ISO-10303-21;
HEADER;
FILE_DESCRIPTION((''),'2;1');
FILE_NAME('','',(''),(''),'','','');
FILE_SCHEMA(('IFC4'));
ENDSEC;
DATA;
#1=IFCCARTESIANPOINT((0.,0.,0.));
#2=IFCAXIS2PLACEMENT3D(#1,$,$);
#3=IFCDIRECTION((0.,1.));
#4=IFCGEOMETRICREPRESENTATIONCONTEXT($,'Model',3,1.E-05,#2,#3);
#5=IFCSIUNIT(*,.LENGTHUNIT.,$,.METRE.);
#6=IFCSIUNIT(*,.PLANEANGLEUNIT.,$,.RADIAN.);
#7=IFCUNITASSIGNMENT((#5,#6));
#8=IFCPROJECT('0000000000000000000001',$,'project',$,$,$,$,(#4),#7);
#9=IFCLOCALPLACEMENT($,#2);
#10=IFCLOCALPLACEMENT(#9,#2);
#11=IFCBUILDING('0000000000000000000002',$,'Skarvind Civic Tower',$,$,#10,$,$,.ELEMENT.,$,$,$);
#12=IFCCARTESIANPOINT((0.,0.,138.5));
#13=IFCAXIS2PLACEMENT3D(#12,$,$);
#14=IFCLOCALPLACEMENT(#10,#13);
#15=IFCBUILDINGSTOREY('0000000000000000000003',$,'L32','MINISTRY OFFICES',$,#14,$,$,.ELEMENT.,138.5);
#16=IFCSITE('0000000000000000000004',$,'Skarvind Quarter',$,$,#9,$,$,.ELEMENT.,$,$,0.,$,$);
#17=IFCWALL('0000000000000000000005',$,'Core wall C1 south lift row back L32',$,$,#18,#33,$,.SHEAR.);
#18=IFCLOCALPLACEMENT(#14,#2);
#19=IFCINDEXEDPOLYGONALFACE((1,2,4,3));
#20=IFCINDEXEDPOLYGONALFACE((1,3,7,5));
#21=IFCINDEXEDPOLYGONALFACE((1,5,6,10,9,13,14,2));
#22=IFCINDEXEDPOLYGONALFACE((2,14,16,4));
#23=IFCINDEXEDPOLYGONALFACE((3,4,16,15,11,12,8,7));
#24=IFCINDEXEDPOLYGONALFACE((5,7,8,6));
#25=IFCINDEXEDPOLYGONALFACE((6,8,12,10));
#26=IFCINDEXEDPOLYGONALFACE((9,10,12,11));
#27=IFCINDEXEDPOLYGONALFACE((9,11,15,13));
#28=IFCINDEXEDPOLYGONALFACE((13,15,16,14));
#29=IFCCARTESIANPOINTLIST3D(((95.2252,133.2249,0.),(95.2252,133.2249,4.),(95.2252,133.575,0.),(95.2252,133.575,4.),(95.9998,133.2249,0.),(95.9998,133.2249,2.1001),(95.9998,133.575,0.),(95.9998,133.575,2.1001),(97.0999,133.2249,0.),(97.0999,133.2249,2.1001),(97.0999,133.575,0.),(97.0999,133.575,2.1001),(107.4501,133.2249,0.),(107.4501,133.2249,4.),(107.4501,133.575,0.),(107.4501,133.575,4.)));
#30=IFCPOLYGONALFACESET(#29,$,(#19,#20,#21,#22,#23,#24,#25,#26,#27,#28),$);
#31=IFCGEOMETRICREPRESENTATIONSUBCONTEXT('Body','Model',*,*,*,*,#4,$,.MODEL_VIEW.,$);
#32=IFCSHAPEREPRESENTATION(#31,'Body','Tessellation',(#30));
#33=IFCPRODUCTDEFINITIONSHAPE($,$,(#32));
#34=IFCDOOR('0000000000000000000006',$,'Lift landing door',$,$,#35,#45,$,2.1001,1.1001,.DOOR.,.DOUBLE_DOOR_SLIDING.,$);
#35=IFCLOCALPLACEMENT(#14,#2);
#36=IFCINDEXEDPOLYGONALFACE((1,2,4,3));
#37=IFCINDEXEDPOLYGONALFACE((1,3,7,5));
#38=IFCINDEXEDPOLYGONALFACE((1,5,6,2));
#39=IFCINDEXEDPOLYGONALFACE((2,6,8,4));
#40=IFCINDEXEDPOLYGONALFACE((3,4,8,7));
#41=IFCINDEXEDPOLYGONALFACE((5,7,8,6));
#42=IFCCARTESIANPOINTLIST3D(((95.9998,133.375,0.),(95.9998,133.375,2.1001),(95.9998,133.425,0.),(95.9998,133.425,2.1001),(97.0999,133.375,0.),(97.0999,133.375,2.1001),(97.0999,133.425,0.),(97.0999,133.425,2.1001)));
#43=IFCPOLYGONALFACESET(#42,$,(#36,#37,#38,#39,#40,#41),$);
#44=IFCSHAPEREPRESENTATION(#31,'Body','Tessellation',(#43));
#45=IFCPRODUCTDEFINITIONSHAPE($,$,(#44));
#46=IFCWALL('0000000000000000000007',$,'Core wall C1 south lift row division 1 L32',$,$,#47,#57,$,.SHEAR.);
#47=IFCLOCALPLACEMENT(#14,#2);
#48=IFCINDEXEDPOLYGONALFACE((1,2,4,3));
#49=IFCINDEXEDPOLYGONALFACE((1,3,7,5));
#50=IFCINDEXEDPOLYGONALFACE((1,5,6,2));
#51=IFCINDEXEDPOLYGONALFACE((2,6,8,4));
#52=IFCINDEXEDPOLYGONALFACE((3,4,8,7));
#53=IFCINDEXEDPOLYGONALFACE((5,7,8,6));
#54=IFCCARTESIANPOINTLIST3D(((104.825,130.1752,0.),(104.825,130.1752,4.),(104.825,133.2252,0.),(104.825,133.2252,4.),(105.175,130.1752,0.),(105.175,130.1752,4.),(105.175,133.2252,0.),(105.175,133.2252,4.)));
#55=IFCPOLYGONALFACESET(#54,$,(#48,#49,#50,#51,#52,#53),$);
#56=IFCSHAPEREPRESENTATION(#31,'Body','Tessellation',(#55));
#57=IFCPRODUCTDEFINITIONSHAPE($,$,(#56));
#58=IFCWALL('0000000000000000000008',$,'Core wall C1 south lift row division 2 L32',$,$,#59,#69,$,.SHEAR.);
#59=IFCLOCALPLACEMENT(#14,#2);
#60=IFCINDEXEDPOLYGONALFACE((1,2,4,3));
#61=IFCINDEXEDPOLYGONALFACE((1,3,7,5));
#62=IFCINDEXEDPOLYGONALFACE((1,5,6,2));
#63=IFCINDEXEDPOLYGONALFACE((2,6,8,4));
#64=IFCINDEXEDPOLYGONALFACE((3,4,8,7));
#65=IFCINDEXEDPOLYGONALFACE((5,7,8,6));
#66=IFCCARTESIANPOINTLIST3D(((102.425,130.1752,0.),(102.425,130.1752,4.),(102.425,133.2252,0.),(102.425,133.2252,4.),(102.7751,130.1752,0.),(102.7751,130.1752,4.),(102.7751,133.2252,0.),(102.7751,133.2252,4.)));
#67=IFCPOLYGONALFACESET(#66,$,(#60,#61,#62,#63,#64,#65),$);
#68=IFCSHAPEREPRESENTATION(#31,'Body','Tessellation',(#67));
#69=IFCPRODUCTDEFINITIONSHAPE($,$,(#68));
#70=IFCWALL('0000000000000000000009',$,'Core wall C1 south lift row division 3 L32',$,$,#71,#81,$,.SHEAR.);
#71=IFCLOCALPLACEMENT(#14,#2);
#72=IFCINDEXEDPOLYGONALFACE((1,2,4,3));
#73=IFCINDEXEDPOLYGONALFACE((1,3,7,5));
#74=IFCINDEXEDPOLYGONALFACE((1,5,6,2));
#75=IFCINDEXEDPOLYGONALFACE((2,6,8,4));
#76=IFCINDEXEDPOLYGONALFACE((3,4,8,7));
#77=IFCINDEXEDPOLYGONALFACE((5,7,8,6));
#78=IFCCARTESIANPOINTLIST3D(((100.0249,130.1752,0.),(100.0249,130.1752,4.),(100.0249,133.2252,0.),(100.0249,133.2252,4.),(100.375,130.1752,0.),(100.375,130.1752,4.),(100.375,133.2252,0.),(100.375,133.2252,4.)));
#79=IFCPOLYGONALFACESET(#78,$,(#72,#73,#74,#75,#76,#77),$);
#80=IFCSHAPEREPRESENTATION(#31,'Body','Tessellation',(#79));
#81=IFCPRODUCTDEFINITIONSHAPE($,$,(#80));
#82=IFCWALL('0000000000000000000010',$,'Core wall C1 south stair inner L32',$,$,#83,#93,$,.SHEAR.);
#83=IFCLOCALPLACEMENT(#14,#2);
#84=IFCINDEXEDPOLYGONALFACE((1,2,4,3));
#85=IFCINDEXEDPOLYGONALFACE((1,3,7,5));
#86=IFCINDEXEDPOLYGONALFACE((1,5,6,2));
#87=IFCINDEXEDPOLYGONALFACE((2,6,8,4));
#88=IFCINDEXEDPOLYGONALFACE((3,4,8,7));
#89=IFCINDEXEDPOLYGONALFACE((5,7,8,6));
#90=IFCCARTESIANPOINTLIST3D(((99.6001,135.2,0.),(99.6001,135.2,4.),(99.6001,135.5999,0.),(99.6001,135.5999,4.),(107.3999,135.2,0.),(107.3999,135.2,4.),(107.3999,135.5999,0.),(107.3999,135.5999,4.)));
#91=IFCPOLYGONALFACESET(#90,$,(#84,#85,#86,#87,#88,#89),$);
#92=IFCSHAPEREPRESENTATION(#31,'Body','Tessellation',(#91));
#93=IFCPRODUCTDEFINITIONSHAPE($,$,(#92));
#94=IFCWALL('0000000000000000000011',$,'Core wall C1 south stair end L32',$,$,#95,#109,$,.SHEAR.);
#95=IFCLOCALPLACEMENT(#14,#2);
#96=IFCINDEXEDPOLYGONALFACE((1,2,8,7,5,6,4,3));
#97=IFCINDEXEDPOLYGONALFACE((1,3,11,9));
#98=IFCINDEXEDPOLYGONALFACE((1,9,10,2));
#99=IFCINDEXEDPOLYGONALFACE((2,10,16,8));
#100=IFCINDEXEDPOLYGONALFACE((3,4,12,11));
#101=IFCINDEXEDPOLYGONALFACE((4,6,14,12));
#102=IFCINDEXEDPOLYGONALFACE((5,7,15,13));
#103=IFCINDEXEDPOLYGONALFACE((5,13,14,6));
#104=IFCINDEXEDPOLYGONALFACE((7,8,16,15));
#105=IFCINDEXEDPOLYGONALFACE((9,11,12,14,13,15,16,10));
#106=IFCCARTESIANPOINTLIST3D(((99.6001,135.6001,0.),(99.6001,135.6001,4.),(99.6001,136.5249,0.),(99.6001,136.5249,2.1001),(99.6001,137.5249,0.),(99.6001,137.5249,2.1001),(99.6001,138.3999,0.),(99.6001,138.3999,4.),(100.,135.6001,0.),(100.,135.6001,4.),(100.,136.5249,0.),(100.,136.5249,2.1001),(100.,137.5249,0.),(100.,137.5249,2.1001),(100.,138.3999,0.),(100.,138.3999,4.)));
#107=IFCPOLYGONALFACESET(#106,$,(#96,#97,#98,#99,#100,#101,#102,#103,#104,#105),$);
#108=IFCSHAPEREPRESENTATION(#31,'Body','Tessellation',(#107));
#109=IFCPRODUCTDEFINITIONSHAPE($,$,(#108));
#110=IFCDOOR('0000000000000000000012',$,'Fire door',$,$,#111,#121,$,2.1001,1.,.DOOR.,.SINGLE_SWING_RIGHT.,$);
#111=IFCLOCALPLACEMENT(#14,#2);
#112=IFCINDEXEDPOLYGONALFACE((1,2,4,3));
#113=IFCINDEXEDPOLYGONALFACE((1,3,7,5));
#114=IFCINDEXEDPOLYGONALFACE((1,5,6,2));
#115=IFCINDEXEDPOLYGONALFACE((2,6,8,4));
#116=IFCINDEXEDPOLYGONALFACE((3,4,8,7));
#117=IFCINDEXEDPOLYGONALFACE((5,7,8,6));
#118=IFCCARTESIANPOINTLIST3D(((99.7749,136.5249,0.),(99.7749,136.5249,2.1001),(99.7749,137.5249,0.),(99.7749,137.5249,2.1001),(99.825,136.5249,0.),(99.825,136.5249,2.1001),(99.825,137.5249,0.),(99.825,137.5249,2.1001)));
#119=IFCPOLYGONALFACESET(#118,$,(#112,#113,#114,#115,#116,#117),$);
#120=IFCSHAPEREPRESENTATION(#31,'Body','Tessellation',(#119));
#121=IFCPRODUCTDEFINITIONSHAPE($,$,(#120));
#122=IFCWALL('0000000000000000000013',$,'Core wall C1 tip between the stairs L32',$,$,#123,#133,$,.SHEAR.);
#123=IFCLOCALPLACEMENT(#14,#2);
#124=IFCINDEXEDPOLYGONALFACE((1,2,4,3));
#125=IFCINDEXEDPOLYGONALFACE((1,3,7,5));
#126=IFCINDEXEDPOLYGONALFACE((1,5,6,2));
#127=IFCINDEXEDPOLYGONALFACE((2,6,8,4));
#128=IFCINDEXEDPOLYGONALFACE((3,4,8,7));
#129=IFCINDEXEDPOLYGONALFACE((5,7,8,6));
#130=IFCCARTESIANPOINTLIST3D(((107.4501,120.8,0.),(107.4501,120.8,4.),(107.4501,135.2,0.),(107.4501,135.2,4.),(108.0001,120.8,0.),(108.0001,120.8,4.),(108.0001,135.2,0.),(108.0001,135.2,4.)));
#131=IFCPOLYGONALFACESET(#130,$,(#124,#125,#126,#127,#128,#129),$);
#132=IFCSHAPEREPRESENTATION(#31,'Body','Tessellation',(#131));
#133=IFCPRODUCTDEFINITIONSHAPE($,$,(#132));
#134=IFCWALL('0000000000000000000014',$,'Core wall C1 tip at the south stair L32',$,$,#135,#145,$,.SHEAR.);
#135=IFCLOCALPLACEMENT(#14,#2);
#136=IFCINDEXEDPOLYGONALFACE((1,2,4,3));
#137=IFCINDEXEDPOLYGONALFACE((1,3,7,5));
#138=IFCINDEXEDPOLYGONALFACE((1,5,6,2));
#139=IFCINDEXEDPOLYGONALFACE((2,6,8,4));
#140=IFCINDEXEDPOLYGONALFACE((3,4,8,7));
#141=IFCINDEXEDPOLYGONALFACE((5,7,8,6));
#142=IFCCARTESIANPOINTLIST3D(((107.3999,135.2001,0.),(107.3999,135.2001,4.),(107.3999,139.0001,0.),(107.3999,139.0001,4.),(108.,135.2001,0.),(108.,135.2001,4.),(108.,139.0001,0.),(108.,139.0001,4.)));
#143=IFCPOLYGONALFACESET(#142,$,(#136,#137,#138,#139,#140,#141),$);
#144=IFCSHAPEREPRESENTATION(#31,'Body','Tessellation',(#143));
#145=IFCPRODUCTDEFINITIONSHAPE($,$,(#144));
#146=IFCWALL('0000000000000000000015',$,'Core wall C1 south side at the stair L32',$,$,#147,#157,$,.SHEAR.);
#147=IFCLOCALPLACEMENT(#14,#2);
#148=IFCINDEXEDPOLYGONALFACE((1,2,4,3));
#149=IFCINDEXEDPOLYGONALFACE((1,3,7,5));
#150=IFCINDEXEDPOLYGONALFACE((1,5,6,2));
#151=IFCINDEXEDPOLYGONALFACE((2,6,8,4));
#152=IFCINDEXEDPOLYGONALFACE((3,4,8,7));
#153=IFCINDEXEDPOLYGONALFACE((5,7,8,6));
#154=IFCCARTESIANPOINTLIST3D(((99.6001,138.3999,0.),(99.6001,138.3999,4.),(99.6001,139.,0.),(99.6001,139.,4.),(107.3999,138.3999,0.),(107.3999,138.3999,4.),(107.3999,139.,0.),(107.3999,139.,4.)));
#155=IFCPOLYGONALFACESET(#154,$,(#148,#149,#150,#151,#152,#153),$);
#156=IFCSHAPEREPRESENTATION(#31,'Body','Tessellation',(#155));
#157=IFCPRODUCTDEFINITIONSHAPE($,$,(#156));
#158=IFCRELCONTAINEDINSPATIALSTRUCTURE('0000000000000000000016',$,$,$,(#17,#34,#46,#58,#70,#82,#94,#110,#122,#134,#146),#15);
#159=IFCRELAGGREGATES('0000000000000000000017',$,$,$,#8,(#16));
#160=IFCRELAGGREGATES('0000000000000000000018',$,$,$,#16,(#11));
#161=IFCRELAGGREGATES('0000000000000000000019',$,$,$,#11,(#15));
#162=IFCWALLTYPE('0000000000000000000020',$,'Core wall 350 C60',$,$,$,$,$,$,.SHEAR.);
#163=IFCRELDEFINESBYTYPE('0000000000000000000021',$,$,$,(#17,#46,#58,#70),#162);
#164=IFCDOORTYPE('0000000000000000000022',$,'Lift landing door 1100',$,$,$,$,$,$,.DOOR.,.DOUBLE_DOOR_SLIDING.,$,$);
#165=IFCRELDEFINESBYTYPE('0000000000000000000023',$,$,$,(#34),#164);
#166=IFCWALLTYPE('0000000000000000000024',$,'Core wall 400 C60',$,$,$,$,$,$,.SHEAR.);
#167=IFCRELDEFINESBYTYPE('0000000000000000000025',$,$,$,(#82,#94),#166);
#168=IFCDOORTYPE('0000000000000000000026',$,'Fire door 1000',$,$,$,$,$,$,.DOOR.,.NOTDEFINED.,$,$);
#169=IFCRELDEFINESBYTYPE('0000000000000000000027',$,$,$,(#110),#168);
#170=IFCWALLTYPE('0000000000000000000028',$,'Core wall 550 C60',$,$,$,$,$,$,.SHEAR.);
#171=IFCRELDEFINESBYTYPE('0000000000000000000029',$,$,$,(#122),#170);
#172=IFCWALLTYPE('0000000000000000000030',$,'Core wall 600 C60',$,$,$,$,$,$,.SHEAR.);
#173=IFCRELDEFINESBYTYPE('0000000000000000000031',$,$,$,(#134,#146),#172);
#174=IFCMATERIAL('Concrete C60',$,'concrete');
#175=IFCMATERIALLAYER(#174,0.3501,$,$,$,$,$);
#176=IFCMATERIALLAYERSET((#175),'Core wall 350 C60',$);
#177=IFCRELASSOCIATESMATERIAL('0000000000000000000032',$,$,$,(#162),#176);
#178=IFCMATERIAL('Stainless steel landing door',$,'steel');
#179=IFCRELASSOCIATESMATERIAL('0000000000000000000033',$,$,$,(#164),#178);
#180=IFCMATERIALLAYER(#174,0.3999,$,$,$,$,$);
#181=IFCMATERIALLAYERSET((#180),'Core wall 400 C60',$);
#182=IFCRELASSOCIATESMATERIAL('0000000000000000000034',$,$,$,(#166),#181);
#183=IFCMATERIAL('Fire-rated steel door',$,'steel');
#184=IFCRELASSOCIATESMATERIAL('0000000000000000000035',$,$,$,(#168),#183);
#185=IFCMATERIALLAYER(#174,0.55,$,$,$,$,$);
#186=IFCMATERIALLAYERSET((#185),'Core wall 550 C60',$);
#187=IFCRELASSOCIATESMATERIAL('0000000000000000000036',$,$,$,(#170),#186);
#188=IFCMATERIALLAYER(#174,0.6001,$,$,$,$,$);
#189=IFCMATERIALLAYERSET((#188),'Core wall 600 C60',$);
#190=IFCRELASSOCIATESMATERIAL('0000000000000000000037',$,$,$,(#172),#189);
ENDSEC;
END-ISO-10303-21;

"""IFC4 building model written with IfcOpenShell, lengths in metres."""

from ifc_helpers import new_model, si_unit, direction, frame, frame_2d, origin, place, context, subcontext, project, spatial, rectangle, extrude, material, layer, layer_set, type_object, element, fill, save


model = new_model("IFC4")

# Units and contexts
model_context = context("Model", 3, precision=1e-05, world=origin(), true_north=direction((0.0, 1.0)))
body_context = subcontext(model_context, "Body", "Model", "MODEL_VIEW")
ifc_project = project(units=[si_unit("LENGTHUNIT", "METRE"), si_unit("PLANEANGLEUNIT", "RADIAN")], contexts=[model_context])

# Site, building, storey
site_placement = place(None, origin())
site = spatial("IfcSite", under=ifc_project, at=site_placement, Name="Skarvind Quarter", CompositionType="ELEMENT", RefElevation=0.0)
building_placement = place(site_placement, origin())
building = spatial("IfcBuilding", under=site, at=building_placement, Name="Skarvind Civic Tower", CompositionType="ELEMENT")
storey_placement = place(building_placement, frame((0.0, 0.0, 138.5)))
storey = spatial("IfcBuildingStorey", under=building, at=storey_placement, Name="L32", Description="MINISTRY OFFICES", CompositionType="ELEMENT", Elevation=138.5)

# Wall, opening, door
ifc_material_1 = material(Name="Concrete C60", Category="concrete")
ifc_layer_1 = layer(ifc_material_1, 0.3501)
ifc_layer_set_1 = layer_set([ifc_layer_1], Name="Core wall 350 C60")
wall_type_1 = type_object("IfcWallType", Name="Core wall 350 C60", PredefinedType="SHEAR", material=ifc_layer_set_1)
wall_1_placement = place(storey_placement, frame((107.45, 133.3999, 0.0), z_axis=(0.0, 0.0, 1.0), x_axis=(-1.0, 0.0, 0.0)))
wall_1 = element("IfcWall", 1, at=wall_1_placement, inside=storey, type_object=wall_type_1, Name="Core wall C1 south lift row back L32", PredefinedType="SHEAR", context=body_context, shape_type="SweptSolid", body=[
    extrude(rectangle(XDim=12.2249, YDim=0.3501, at=frame_2d((6.1123, 0.0))), origin(), (0.0, 0.0, 1.0), 4.0),
])
opening_1_placement = place(wall_1_placement, frame((10.3501, 0.0, 0.0)))
opening_1 = element("IfcOpeningElement", 2, at=opening_1_placement, cuts=wall_1, PredefinedType="OPENING", context=body_context, shape_type="SweptSolid", body=[
    extrude(rectangle(XDim=1.1001, YDim=2.1001, at=frame_2d((0.55, 1.05))), frame((0.0, 0.1851, 0.0), z_axis=(0.0, -1.0, 0.0), x_axis=(1.0, 0.0, 0.0)), (0.0, 0.0, 1.0), 0.3701),
])
ifc_material_2 = material(Name="Stainless steel landing door", Category="steel")
door_type_1 = type_object("IfcDoorType", Name="Lift landing door 1100", OperationType="DOUBLE_DOOR_SLIDING", PredefinedType="DOOR", material=ifc_material_2)
door_1_placement = place(opening_1_placement, origin())
door_1 = element("IfcDoor", 3, at=door_1_placement, inside=storey, type_object=door_type_1, Name="Lift landing door", OperationType="DOUBLE_DOOR_SLIDING", OverallHeight=2.1001, OverallWidth=1.1001, PredefinedType="DOOR", context=body_context, shape_type="SweptSolid", body=[
    extrude(rectangle(XDim=1.1001, YDim=2.1001, at=frame_2d((0.55, 1.05))), frame((0.0, 0.0249, 0.0), z_axis=(0.0, -1.0, 0.0), x_axis=(1.0, 0.0, 0.0)), (0.0, 0.0, 1.0), 0.05),
])
fill(opening_1, door_1)

# Walls
for number, where, z_axis, x_axis, name in (
    (4, (105.0, 133.2251, 0.0), (0.0, 0.0, 1.0), (0.0, -1.0, 0.0), "Core wall C1 south lift row division 1 L32"),
    (5, (102.6001, 133.2251, 0.0), (0.0, 0.0, 1.0), (0.0, -1.0, 0.0), "Core wall C1 south lift row division 2 L32"),
    (6, (100.2, 133.2251, 0.0), (0.0, 0.0, 1.0), (0.0, -1.0, 0.0), "Core wall C1 south lift row division 3 L32"),
):
    element("IfcWall", number, at=place(storey_placement, frame(where, z_axis=z_axis, x_axis=x_axis)), inside=storey, type_object=wall_type_1, Name=name, PredefinedType="SHEAR", context=body_context, shape_type="SweptSolid", body=[
        extrude(rectangle(XDim=3.05, YDim=0.3501, at=frame_2d((1.5249, 0.0))), origin(), (0.0, 0.0, 1.0), 4.0),
    ])
ifc_layer_2 = layer(ifc_material_1, 0.3999)
ifc_layer_set_2 = layer_set([ifc_layer_2], Name="Core wall 400 C60")
wall_type_2 = type_object("IfcWallType", Name="Core wall 400 C60", PredefinedType="SHEAR", material=ifc_layer_set_2)
wall_2_placement = place(storey_placement, frame((107.3999, 135.3999, 0.0), z_axis=(0.0, 0.0, 1.0), x_axis=(-1.0, 0.0, 0.0)))
element("IfcWall", 7, at=wall_2_placement, inside=storey, type_object=wall_type_2, Name="Core wall C1 south stair inner L32", PredefinedType="SHEAR", context=body_context, shape_type="SweptSolid", body=[
    extrude(rectangle(XDim=7.7998, YDim=0.3999, at=frame_2d((3.8999, 0.0))), origin(), (0.0, 0.0, 1.0), 4.0),
])

# Wall, opening, door
wall_3_placement = place(storey_placement, frame((99.8, 138.3999, 0.0), z_axis=(0.0, 0.0, 1.0), x_axis=(0.0, -1.0, 0.0)))
wall_3 = element("IfcWall", 8, at=wall_3_placement, inside=storey, type_object=wall_type_2, Name="Core wall C1 south stair end L32", PredefinedType="SHEAR", context=body_context, shape_type="SweptSolid", body=[
    extrude(rectangle(XDim=2.7998, YDim=0.3999, at=frame_2d((1.3999, 0.0))), origin(), (0.0, 0.0, 1.0), 4.0),
])
opening_2_placement = place(wall_3_placement, frame((0.875, 0.0, 0.0)))
opening_2 = element("IfcOpeningElement", 9, at=opening_2_placement, cuts=wall_3, PredefinedType="OPENING", context=body_context, shape_type="SweptSolid", body=[
    extrude(rectangle(XDim=1.0, YDim=2.1001, at=frame_2d((0.5, 1.05))), frame((0.0, 0.21, 0.0), z_axis=(0.0, -1.0, 0.0), x_axis=(1.0, 0.0, 0.0)), (0.0, 0.0, 1.0), 0.4199),
])
ifc_material_3 = material(Name="Fire-rated steel door", Category="steel")
door_type_2 = type_object("IfcDoorType", Name="Fire door 1000", OperationType="NOTDEFINED", PredefinedType="DOOR", material=ifc_material_3)
door_2_placement = place(opening_2_placement, origin())
door_2 = element("IfcDoor", 10, at=door_2_placement, inside=storey, type_object=door_type_2, Name="Fire door", OperationType="SINGLE_SWING_RIGHT", OverallHeight=2.1001, OverallWidth=1.0, PredefinedType="DOOR", context=body_context, shape_type="SweptSolid", body=[
    extrude(rectangle(XDim=1.0, YDim=2.1001, at=frame_2d((0.5, 1.05))), frame((0.0, 0.0249, 0.0), z_axis=(0.0, -1.0, 0.0), x_axis=(1.0, 0.0, 0.0)), (0.0, 0.0, 1.0), 0.05),
])
fill(opening_2, door_2)

# Walls
ifc_layer_3 = layer(ifc_material_1, 0.55)
ifc_layer_set_3 = layer_set([ifc_layer_3], Name="Core wall 550 C60")
wall_type_3 = type_object("IfcWallType", Name="Core wall 550 C60", PredefinedType="SHEAR", material=ifc_layer_set_3)
wall_4_placement = place(storey_placement, frame((107.7251, 135.2, 0.0), z_axis=(0.0, 0.0, 1.0), x_axis=(0.0, -1.0, 0.0)))
element("IfcWall", 11, at=wall_4_placement, inside=storey, type_object=wall_type_3, Name="Core wall C1 tip between the stairs L32", PredefinedType="SHEAR", context=body_context, shape_type="SweptSolid", body=[
    extrude(rectangle(XDim=14.3999, YDim=0.55, at=frame_2d((7.2, 0.0))), origin(), (0.0, 0.0, 1.0), 4.0),
])
ifc_layer_4 = layer(ifc_material_1, 0.6001)
ifc_layer_set_4 = layer_set([ifc_layer_4], Name="Core wall 600 C60")
wall_type_4 = type_object("IfcWallType", Name="Core wall 600 C60", PredefinedType="SHEAR", material=ifc_layer_set_4)
wall_5_placement = place(storey_placement, frame((107.7, 139.0, 0.0), z_axis=(0.0, 0.0, 1.0), x_axis=(0.0, -1.0, 0.0)))
element("IfcWall", 12, at=wall_5_placement, inside=storey, type_object=wall_type_4, Name="Core wall C1 tip at the south stair L32", PredefinedType="SHEAR", context=body_context, shape_type="SweptSolid", body=[
    extrude(rectangle(XDim=3.8, YDim=0.6001, at=frame_2d((1.8999, 0.0))), origin(), (0.0, 0.0, 1.0), 4.0),
])
wall_6_placement = place(storey_placement, frame((107.3999, 138.7, 0.0), z_axis=(0.0, 0.0, 1.0), x_axis=(-1.0, 0.0, 0.0)))
element("IfcWall", 13, at=wall_6_placement, inside=storey, type_object=wall_type_4, Name="Core wall C1 south side at the stair L32", PredefinedType="SHEAR", context=body_context, shape_type="SweptSolid", body=[
    extrude(rectangle(XDim=7.7998, YDim=0.6001, at=frame_2d((3.8999, 0.0))), origin(), (0.0, 0.0, 1.0), 4.0),
])

save(model, "model.ifc")
